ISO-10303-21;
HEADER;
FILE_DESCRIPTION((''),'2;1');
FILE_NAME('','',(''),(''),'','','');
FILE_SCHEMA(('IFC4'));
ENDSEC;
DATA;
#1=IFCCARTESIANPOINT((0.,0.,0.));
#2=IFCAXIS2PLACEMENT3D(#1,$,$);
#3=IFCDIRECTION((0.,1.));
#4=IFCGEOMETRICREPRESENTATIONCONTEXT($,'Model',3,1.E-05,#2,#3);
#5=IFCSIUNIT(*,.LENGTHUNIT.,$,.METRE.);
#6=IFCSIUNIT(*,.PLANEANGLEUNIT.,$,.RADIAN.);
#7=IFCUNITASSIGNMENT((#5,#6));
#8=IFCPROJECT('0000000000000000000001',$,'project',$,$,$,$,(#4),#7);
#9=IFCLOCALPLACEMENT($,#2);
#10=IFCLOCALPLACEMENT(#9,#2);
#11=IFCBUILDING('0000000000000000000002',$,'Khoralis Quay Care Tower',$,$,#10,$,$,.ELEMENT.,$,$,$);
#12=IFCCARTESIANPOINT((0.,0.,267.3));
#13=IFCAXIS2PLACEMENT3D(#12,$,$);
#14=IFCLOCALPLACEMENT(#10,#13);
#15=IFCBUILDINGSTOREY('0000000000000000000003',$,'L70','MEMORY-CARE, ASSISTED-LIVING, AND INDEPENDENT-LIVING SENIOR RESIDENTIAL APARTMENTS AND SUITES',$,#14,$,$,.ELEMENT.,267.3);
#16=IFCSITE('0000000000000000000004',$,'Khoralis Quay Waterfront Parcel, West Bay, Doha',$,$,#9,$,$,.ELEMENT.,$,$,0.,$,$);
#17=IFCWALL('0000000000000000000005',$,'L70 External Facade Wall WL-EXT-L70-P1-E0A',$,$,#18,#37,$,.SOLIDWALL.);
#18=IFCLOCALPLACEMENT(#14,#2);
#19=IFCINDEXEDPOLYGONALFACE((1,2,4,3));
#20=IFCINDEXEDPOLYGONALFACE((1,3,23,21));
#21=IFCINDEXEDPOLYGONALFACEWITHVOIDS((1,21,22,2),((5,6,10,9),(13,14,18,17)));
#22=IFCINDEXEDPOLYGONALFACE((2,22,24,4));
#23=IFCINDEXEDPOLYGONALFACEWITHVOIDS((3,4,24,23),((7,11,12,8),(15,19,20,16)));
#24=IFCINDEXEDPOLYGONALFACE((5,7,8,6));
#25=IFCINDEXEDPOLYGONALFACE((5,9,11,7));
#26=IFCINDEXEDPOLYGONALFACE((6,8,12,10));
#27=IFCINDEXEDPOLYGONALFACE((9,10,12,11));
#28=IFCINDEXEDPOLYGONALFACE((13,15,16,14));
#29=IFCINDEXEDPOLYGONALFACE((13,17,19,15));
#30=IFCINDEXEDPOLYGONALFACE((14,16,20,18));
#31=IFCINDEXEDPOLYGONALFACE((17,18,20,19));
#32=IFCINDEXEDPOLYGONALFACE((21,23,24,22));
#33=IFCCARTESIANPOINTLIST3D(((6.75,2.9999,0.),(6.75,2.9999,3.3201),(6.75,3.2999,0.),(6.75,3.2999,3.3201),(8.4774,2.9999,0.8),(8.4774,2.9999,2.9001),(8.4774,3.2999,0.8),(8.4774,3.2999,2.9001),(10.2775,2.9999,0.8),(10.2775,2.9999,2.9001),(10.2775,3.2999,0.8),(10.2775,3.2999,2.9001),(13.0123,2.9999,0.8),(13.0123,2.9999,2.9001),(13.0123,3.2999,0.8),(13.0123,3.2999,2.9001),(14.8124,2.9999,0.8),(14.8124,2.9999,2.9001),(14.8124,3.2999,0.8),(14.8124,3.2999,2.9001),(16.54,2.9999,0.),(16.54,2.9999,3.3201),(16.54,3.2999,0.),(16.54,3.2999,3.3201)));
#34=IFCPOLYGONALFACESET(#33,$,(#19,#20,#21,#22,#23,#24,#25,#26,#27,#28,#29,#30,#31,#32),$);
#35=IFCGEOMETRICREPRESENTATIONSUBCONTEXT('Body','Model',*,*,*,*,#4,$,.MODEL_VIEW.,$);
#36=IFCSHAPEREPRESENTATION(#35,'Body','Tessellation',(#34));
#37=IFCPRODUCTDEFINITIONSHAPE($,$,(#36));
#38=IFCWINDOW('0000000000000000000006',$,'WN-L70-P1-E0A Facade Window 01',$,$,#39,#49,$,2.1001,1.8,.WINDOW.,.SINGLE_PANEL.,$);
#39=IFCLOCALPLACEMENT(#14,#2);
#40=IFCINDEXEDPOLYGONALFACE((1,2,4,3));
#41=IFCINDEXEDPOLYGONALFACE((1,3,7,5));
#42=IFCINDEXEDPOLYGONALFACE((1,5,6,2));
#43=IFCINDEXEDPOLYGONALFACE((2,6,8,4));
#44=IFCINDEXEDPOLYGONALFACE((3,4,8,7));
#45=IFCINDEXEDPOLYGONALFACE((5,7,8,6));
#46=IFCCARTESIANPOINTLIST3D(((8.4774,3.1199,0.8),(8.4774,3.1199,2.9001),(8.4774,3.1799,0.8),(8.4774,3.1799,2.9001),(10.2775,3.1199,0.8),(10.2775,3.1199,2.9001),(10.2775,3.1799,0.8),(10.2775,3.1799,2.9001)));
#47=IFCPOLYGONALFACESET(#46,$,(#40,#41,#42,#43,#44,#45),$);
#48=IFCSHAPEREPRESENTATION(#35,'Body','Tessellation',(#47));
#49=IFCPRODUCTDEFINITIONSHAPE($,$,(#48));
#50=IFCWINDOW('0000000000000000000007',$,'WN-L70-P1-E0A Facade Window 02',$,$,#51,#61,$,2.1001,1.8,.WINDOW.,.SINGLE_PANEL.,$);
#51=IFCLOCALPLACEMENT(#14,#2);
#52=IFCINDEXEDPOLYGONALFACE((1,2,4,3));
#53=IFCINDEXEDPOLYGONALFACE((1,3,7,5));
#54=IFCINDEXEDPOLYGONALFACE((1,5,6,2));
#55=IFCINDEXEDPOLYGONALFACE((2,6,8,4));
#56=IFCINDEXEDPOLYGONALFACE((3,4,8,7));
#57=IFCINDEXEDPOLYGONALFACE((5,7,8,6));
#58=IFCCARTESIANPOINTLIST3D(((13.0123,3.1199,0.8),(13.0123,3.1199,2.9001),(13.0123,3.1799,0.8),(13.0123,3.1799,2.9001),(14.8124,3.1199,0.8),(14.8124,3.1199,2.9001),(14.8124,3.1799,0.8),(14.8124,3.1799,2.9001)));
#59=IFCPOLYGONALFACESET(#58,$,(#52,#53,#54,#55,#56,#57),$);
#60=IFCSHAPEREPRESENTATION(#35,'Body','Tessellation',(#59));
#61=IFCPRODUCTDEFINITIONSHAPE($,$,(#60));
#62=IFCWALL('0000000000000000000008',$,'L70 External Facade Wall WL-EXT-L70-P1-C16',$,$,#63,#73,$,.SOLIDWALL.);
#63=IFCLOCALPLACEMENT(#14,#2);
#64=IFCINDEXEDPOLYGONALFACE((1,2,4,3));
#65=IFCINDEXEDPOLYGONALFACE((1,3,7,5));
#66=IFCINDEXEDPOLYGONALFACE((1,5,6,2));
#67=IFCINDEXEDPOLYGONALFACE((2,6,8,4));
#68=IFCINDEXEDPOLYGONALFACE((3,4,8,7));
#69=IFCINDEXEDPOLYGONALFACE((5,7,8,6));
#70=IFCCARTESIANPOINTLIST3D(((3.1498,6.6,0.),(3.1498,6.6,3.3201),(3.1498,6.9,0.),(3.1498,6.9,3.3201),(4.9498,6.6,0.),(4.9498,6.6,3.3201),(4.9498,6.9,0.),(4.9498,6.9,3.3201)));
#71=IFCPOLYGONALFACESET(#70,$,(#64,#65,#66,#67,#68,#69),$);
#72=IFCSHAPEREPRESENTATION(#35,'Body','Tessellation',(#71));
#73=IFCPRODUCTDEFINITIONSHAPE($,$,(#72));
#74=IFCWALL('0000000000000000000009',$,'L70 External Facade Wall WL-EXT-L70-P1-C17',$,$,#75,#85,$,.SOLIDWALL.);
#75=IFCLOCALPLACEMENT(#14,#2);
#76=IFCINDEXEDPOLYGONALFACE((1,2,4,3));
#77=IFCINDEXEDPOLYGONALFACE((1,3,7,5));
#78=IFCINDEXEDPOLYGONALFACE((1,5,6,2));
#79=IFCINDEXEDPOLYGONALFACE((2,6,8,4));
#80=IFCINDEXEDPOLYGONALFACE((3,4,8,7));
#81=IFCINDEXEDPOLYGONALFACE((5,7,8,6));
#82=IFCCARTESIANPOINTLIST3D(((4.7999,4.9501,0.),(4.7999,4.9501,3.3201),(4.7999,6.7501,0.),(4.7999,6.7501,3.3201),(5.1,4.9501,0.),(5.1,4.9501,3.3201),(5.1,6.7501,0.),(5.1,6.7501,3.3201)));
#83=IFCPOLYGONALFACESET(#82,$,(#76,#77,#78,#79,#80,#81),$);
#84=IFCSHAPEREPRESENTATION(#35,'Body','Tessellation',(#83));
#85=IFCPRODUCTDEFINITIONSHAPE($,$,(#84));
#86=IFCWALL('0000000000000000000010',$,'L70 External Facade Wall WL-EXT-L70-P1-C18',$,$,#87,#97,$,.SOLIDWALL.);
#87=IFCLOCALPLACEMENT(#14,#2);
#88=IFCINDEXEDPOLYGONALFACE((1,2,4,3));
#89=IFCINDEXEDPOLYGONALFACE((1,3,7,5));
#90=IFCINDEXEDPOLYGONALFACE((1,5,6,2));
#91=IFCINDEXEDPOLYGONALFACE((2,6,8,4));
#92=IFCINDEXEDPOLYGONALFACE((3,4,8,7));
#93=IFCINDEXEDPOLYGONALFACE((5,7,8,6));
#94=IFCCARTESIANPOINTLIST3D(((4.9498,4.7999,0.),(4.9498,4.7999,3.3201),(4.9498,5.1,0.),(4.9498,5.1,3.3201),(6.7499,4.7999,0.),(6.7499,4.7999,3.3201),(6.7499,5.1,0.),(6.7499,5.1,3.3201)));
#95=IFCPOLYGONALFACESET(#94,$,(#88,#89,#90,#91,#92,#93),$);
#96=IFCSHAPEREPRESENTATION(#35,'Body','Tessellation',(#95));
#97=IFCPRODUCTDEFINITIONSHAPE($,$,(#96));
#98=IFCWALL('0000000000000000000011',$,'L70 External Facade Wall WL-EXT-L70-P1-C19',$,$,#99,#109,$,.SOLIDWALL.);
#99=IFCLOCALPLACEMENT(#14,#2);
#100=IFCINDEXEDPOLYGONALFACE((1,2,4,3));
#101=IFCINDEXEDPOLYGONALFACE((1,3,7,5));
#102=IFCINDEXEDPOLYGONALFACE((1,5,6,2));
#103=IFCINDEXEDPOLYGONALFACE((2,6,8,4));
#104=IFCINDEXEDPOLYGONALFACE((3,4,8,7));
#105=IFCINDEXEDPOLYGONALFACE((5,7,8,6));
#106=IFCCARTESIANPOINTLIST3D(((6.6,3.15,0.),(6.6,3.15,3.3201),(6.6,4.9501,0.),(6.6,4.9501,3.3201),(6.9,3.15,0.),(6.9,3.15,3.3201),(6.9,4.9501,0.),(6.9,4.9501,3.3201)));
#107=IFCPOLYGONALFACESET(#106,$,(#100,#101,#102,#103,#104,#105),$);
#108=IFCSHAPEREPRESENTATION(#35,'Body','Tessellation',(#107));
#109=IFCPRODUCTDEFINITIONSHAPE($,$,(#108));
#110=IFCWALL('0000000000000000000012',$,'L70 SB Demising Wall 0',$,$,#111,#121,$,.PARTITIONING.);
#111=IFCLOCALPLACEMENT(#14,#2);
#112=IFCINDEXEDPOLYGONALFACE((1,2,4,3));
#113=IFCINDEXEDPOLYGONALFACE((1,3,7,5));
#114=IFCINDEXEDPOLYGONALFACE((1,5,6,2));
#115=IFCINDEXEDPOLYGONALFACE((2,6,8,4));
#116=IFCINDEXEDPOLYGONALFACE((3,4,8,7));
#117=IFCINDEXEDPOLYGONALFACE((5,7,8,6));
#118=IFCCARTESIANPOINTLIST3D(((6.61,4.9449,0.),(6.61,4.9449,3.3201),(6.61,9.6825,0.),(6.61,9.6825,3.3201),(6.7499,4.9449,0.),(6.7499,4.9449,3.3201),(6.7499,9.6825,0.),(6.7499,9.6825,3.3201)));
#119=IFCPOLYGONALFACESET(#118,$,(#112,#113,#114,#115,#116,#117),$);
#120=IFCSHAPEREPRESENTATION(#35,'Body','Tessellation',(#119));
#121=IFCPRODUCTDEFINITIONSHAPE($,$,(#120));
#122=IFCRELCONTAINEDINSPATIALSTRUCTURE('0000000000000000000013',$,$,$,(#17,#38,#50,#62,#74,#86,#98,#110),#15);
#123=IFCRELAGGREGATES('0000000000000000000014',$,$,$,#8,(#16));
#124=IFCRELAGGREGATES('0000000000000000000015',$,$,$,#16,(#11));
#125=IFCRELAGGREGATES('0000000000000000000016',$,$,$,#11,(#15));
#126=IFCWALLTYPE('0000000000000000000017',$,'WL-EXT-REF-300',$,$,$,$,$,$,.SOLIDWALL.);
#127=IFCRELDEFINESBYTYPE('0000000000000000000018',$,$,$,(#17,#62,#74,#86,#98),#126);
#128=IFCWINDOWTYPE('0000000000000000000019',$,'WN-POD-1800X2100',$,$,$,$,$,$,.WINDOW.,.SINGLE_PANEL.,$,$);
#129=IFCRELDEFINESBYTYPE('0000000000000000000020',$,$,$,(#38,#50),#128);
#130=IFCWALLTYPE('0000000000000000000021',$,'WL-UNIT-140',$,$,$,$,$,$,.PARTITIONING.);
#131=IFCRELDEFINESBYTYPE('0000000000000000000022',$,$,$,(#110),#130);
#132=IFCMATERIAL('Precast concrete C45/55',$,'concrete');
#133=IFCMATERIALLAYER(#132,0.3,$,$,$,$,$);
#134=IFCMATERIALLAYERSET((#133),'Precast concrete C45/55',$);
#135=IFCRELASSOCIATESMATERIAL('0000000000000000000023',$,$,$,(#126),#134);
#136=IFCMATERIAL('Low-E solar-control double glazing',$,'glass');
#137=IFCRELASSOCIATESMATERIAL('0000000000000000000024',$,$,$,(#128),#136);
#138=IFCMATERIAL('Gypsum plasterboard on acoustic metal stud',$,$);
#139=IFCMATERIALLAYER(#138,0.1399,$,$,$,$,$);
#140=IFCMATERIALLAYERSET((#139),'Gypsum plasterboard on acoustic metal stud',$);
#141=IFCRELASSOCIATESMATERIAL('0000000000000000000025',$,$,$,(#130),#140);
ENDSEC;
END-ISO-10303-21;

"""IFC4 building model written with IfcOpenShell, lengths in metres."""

from ifc_helpers import new_model, si_unit, direction, frame, frame_2d, origin, place, context, subcontext, project, spatial, rectangle, extrude, source, transform, mapped, material, layer, layer_set, type_object, element, fill, save


model = new_model("IFC4")

# Units and contexts
model_context = context("Model", 3, precision=1e-05, world=origin(), true_north=direction((0.0, 1.0)))
body_context = subcontext(model_context, "Body", "Model", "MODEL_VIEW")
ifc_project = project(units=[si_unit("LENGTHUNIT", "METRE"), si_unit("PLANEANGLEUNIT", "RADIAN")], contexts=[model_context])

# Site, building, storey
site_placement = place(None, origin())
site = spatial("IfcSite", under=ifc_project, at=site_placement, Name="Khoralis Quay Waterfront Parcel, West Bay, Doha", CompositionType="ELEMENT", RefElevation=0.0)
building_placement = place(site_placement, origin())
building = spatial("IfcBuilding", under=site, at=building_placement, Name="Khoralis Quay Care Tower", CompositionType="ELEMENT")
storey_placement = place(building_placement, frame((0.0, 0.0, 267.3)))
storey = spatial("IfcBuildingStorey", under=building, at=storey_placement, Name="L70", Description="MEMORY-CARE, ASSISTED-LIVING, AND INDEPENDENT-LIVING SENIOR RESIDENTIAL APARTMENTS AND SUITES", CompositionType="ELEMENT", Elevation=267.3)

# Shared definitions
ifc_material_1 = material(Name="Precast concrete C45/55", Category="concrete")

# Shared definitions
ifc_material_2 = material(Name="Gypsum plasterboard on acoustic metal stud")

# Wall, openings, windows
ifc_layer_1 = layer(ifc_material_1, 0.3)
ifc_layer_set_1 = layer_set([ifc_layer_1], Name="Precast concrete C45/55")
wall_type_1 = type_object("IfcWallType", Name="WL-EXT-REF-300", PredefinedType="SOLIDWALL", material=ifc_layer_set_1)
wall_1_placement = place(storey_placement, frame((6.75, 3.1499, 0.0), z_axis=(0.0, 0.0, 1.0), x_axis=(1.0, 0.0, 0.0)))
wall_1 = element("IfcWall", 1, at=wall_1_placement, inside=storey, type_object=wall_type_1, Name="L70 External Facade Wall WL-EXT-L70-P1-E0A", PredefinedType="SOLIDWALL", context=body_context, shape_type="SweptSolid", body=[
    extrude(rectangle(XDim=9.79, YDim=0.3, at=frame_2d((4.895, 0.0))), origin(), (0.0, 0.0, 1.0), 3.3201),
])
opening_1_placement = place(wall_1_placement, frame((1.7275, 0.0, 0.8)))
opening_1 = element("IfcOpeningElement", 2, at=opening_1_placement, cuts=wall_1, PredefinedType="OPENING", context=body_context, shape_type="SweptSolid", body=[
    extrude(rectangle(XDim=1.8, YDim=2.1001, at=frame_2d((0.8999, 1.05))), frame((0.0, 0.1602, 0.0), z_axis=(0.0, -1.0, 0.0), x_axis=(1.0, 0.0, 0.0)), (0.0, 0.0, 1.0), 0.3201),
])
opening_2_placement = place(wall_1_placement, frame((6.2625, 0.0, 0.8)))
opening_2 = element("IfcOpeningElement", 3, at=opening_2_placement, cuts=wall_1, PredefinedType="OPENING", context=body_context, shape_type="SweptSolid", body=[
    extrude(rectangle(XDim=1.8, YDim=2.1001, at=frame_2d((0.8999, 1.05))), frame((0.0, 0.1602, 0.0), z_axis=(0.0, -1.0, 0.0), x_axis=(1.0, 0.0, 0.0)), (0.0, 0.0, 1.0), 0.3201),
])
ifc_material_3 = material(Name="Low-E solar-control double glazing", Category="glass")
window_type = type_object("IfcWindowType", Name="WN-POD-1800X2100", PartitioningType="SINGLE_PANEL", PredefinedType="WINDOW", material=ifc_material_3)
shared_shape_1 = source(origin(), body_context, "Body", "SweptSolid", [
    extrude(rectangle(XDim=1.8, YDim=2.1001, at=frame_2d((0.8999, 1.05))), frame((0.0, 0.03, 0.0), z_axis=(0.0, -1.0, 0.0), x_axis=(1.0, 0.0, 0.0)), (0.0, 0.0, 1.0), 0.0601),
])
window_1_placement = place(opening_1_placement, origin())
window_1 = element("IfcWindow", 4, at=window_1_placement, inside=storey, type_object=window_type, Name="WN-L70-P1-E0A Facade Window 01", OverallHeight=2.1001, OverallWidth=1.8, PartitioningType="SINGLE_PANEL", PredefinedType="WINDOW", context=body_context, shape_type="MappedRepresentation", body=[
    mapped(shared_shape_1, transform((0.0, 0.0, 0.0), scale=1.0)),
])
fill(opening_1, window_1)
window_2_placement = place(opening_2_placement, origin())
window_2 = element("IfcWindow", 5, at=window_2_placement, inside=storey, type_object=window_type, Name="WN-L70-P1-E0A Facade Window 02", OverallHeight=2.1001, OverallWidth=1.8, PartitioningType="SINGLE_PANEL", PredefinedType="WINDOW", context=body_context, shape_type="MappedRepresentation", body=[
    mapped(shared_shape_1, transform((0.0, 0.0, 0.0), scale=1.0)),
])
fill(opening_2, window_2)

# Walls
for number, where, z_axis, x_axis, name in (
    (6, (3.1499, 6.75, 0.0), (0.0, 0.0, 1.0), (1.0, 0.0, 0.0), "L70 External Facade Wall WL-EXT-L70-P1-C16"),
    (7, (4.95, 6.75, 0.0), (0.0, 0.0, 1.0), (0.0, -1.0, 0.0), "L70 External Facade Wall WL-EXT-L70-P1-C17"),
    (8, (4.95, 4.95, 0.0), (0.0, 0.0, 1.0), (1.0, 0.0, 0.0), "L70 External Facade Wall WL-EXT-L70-P1-C18"),
    (9, (6.75, 4.95, 0.0), (0.0, 0.0, 1.0), (0.0, -1.0, 0.0), "L70 External Facade Wall WL-EXT-L70-P1-C19"),
):
    element("IfcWall", number, at=place(storey_placement, frame(where, z_axis=z_axis, x_axis=x_axis)), inside=storey, type_object=wall_type_1, Name=name, PredefinedType="SOLIDWALL", context=body_context, shape_type="SweptSolid", body=[
        extrude(rectangle(XDim=1.8, YDim=0.3, at=frame_2d((0.8999, 0.0))), origin(), (0.0, 0.0, 1.0), 3.3201),
    ])
ifc_layer_2 = layer(ifc_material_2, 0.1399)
ifc_layer_set_2 = layer_set([ifc_layer_2], Name="Gypsum plasterboard on acoustic metal stud")
wall_type_2 = type_object("IfcWallType", Name="WL-UNIT-140", PredefinedType="PARTITIONING", material=ifc_layer_set_2)
wall_2_placement = place(storey_placement, frame((6.6799, 4.9451, 0.0), z_axis=(0.0, 0.0, 1.0), x_axis=(0.0, 1.0, 0.0)))
element("IfcWall", 10, at=wall_2_placement, inside=storey, type_object=wall_type_2, Name="L70 SB Demising Wall 0", PredefinedType="PARTITIONING", context=body_context, shape_type="SweptSolid", body=[
    extrude(rectangle(XDim=4.7375, YDim=0.1399, at=frame_2d((2.3687, 0.0))), origin(), (0.0, 0.0, 1.0), 3.3201),
])

save(model, "model.ifc")
